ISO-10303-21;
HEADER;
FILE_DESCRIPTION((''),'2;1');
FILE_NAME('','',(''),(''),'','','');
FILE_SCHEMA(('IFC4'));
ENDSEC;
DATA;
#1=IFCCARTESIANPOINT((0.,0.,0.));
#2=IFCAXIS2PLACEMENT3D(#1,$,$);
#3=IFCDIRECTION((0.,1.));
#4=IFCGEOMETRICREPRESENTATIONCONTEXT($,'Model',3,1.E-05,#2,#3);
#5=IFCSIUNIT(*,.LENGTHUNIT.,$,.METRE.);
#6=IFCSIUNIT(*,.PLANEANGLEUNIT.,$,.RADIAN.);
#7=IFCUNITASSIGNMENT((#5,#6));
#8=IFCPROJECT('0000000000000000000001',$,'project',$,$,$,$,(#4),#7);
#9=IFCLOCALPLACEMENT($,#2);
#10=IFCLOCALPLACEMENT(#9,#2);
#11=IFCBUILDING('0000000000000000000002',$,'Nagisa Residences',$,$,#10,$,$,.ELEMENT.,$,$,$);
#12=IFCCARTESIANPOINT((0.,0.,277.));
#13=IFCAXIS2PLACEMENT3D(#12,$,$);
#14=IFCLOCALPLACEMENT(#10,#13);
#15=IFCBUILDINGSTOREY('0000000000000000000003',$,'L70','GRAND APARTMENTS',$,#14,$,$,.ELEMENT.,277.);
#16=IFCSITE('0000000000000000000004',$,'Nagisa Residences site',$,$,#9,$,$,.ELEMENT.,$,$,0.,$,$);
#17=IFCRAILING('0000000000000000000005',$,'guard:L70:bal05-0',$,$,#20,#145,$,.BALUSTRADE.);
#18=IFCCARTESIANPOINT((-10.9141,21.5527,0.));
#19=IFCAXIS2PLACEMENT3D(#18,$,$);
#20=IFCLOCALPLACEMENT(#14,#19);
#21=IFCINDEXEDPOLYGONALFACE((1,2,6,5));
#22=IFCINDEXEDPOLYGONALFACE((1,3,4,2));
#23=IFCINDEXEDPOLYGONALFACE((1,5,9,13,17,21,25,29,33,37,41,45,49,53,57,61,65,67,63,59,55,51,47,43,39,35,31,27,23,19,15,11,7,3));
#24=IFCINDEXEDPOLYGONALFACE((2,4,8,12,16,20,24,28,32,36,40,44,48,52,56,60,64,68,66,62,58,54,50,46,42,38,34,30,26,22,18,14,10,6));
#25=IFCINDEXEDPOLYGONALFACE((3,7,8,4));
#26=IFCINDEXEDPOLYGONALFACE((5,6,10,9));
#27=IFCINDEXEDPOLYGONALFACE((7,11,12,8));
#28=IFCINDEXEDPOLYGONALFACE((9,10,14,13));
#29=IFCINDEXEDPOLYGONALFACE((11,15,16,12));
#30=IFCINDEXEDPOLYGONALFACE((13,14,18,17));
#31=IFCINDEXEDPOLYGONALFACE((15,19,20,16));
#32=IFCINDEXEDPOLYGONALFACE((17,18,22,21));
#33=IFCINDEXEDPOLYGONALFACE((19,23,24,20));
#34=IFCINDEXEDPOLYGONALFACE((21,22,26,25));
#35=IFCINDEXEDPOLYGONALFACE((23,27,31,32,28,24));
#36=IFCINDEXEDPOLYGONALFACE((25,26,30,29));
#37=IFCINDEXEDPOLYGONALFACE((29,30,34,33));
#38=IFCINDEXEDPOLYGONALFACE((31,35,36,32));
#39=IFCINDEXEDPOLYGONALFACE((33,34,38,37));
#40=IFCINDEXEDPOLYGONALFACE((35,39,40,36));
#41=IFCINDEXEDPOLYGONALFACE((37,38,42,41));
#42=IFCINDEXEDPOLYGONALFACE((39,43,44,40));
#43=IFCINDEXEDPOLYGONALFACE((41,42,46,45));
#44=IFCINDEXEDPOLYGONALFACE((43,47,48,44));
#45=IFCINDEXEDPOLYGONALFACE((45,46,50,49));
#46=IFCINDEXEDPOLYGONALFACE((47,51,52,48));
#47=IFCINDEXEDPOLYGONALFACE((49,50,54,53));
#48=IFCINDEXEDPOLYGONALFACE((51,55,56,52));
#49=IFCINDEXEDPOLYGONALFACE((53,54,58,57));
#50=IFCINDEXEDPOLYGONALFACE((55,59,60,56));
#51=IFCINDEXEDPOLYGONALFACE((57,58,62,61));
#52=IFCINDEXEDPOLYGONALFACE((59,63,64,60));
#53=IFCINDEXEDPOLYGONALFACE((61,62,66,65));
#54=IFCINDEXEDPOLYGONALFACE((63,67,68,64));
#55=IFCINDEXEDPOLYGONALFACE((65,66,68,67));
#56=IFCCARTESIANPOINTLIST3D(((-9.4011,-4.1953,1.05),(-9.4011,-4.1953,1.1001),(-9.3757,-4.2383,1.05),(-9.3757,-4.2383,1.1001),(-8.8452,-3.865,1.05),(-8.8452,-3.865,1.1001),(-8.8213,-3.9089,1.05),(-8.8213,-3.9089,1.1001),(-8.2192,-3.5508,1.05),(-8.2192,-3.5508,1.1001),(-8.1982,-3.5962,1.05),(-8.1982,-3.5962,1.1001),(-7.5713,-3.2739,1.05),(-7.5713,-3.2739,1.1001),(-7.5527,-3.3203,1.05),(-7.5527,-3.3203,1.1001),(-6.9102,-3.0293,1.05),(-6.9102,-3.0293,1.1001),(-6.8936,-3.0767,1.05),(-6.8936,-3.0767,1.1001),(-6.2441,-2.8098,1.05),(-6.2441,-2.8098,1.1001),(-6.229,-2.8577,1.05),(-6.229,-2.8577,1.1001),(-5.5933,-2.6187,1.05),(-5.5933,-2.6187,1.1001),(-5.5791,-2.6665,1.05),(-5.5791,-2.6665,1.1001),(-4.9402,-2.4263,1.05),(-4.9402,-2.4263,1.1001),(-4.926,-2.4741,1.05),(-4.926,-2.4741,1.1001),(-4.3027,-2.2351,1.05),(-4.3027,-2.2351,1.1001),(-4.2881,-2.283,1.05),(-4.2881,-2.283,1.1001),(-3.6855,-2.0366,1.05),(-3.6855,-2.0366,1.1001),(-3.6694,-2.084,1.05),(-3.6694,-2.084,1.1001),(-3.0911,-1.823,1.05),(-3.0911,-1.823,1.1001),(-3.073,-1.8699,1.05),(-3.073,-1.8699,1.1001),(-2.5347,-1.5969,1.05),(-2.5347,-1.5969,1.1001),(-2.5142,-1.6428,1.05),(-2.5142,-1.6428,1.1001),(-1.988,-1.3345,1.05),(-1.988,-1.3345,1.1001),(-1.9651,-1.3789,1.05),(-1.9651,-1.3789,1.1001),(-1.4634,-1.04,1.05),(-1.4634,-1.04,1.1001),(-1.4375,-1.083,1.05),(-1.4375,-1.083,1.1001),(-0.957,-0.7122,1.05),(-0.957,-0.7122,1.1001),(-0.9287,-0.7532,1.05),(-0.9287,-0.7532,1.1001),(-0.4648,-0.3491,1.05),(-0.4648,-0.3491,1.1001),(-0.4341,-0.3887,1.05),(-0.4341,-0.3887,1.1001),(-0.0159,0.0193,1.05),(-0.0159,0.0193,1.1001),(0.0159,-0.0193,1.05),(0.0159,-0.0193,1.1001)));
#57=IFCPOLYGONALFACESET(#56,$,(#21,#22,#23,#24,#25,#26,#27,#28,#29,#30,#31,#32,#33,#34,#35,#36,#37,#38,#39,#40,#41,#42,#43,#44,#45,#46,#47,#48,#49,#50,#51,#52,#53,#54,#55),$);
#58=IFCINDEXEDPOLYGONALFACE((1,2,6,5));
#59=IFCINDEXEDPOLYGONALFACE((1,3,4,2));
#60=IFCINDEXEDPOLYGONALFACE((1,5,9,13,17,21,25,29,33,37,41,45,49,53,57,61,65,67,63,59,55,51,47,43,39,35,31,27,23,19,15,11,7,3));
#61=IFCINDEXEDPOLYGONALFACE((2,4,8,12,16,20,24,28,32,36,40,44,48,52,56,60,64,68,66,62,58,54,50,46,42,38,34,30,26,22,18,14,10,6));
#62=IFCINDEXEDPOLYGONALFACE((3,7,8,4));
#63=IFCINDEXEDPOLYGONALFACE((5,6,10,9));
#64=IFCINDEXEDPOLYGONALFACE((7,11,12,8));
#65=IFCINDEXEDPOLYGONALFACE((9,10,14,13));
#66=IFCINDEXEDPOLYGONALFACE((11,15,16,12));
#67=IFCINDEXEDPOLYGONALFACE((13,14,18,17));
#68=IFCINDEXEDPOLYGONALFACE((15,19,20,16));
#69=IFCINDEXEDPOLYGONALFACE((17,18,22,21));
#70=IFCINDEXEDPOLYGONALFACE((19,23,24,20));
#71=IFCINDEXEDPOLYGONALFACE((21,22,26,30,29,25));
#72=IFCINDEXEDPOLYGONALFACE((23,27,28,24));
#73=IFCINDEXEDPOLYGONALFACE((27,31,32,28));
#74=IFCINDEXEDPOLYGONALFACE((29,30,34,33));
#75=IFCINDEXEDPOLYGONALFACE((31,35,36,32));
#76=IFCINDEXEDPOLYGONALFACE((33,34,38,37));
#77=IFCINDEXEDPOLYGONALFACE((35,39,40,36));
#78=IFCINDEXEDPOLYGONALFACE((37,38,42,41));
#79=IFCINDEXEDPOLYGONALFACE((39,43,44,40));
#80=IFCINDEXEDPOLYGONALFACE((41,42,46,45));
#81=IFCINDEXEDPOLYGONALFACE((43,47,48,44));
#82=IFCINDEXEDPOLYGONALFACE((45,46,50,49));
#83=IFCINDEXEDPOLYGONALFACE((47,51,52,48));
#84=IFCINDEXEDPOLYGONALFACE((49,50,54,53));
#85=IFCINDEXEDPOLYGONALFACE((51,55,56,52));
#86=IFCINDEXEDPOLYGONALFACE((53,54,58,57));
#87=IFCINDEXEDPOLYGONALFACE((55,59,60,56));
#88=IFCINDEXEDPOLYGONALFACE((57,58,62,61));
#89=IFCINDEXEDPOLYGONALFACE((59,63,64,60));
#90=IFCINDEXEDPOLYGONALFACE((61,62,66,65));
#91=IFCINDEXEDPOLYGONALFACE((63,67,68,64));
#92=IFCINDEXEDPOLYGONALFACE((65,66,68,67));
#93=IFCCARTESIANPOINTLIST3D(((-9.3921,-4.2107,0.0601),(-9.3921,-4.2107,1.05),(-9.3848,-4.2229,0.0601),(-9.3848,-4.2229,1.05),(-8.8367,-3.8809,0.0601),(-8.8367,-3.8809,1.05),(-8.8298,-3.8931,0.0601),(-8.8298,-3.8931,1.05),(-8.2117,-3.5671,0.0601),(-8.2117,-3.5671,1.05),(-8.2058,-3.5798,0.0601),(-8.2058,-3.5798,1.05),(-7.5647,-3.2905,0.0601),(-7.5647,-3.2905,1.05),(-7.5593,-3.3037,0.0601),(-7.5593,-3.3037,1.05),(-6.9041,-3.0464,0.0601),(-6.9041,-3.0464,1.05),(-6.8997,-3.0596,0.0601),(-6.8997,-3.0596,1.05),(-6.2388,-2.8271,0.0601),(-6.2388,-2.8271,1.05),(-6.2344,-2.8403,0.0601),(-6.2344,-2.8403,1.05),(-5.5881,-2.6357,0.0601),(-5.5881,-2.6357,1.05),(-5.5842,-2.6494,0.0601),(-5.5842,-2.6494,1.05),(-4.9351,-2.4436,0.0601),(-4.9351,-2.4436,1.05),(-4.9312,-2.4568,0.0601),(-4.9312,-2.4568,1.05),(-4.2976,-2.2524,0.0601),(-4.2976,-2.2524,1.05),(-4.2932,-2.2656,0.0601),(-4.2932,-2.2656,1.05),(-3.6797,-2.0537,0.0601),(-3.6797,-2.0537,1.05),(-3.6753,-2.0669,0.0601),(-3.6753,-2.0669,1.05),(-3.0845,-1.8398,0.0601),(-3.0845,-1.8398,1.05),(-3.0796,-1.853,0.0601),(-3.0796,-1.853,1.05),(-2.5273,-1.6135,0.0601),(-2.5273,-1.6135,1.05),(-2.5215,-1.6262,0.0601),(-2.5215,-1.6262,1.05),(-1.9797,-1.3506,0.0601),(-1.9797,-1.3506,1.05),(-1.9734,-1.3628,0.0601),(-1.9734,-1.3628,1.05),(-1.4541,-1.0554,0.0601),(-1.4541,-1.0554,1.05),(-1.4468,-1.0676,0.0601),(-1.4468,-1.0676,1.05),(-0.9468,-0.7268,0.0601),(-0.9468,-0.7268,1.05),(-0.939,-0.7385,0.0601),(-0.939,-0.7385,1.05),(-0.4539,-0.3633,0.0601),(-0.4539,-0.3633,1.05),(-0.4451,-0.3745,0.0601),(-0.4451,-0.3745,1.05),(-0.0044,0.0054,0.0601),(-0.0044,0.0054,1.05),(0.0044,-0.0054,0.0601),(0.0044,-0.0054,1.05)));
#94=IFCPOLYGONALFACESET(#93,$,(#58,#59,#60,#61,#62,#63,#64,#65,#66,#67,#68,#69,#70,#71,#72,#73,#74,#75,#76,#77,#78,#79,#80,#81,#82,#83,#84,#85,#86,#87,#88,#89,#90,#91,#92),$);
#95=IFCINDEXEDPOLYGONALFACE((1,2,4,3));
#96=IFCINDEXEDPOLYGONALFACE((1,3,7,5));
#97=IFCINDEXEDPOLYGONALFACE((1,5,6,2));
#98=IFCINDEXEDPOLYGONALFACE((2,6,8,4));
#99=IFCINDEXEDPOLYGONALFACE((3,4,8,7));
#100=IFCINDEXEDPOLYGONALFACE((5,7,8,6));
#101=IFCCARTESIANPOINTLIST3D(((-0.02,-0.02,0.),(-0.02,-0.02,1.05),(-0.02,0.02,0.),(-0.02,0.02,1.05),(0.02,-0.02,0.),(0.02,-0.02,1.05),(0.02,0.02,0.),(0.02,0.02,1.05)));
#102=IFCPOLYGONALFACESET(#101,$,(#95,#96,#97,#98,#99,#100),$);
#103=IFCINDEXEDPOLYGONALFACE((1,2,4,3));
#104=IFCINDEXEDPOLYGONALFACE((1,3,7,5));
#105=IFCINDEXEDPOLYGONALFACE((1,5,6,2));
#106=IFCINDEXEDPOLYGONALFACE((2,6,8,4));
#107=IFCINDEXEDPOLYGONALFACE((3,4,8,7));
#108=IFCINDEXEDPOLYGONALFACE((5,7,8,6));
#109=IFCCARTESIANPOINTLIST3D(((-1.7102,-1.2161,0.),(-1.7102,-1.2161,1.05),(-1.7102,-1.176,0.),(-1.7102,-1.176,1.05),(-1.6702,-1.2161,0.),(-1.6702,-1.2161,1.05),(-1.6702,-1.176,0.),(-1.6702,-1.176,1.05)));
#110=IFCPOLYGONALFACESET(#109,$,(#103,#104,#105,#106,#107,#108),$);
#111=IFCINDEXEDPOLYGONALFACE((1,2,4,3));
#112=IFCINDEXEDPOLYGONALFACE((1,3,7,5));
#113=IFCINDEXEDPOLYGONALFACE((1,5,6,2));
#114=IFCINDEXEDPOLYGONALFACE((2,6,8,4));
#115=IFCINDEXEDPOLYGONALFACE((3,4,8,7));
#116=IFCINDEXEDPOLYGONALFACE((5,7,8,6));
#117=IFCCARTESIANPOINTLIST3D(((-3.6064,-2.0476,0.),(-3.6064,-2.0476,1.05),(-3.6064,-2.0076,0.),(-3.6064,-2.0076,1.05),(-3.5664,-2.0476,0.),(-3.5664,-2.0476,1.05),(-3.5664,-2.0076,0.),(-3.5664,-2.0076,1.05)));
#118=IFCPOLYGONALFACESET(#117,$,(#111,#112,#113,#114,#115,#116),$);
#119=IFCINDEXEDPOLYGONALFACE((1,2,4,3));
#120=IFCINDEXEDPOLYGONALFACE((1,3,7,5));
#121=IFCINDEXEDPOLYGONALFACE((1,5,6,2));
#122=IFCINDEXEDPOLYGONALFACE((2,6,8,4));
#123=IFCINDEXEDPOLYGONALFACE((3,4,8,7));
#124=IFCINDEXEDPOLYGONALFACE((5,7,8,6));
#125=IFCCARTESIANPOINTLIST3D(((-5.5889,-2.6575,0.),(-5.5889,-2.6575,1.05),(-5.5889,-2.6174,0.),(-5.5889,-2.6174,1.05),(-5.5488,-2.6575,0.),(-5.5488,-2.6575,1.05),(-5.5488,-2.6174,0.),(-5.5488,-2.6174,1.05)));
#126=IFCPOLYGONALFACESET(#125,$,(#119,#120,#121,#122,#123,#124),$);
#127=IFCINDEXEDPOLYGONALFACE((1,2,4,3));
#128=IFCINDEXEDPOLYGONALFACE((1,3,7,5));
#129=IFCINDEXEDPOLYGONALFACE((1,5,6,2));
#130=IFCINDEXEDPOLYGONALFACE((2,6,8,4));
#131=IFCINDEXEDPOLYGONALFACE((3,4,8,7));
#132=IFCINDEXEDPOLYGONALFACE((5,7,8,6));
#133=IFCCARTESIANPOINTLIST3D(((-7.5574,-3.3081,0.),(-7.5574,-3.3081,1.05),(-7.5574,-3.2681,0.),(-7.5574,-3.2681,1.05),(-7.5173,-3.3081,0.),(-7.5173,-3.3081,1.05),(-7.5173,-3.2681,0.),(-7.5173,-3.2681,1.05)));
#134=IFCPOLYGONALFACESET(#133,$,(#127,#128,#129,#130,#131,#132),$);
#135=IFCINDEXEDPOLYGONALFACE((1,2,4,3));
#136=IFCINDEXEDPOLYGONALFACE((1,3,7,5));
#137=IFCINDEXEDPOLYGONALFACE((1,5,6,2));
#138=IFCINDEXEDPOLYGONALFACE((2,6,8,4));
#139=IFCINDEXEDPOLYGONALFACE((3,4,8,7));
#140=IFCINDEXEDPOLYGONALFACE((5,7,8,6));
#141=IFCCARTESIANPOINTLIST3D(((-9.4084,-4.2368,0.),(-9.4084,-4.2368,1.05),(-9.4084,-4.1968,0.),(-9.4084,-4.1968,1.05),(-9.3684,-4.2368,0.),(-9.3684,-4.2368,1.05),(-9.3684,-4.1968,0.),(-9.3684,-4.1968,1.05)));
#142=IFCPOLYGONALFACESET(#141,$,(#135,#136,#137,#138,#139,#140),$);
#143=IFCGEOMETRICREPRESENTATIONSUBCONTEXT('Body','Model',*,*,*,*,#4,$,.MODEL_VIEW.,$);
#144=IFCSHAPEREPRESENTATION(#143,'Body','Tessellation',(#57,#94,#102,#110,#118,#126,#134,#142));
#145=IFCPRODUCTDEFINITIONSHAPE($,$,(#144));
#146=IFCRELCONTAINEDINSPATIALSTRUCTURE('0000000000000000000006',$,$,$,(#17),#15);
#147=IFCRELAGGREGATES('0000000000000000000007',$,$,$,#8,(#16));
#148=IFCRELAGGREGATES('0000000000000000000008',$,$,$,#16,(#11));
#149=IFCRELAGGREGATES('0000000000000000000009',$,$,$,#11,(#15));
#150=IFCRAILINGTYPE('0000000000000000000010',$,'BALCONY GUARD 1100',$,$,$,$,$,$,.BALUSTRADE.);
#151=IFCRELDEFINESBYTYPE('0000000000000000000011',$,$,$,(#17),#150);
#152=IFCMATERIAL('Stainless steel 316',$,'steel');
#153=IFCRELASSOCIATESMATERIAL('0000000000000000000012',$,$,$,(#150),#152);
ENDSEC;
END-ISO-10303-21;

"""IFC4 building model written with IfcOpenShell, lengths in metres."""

from ifc_helpers import new_model, si_unit, direction, frame, origin, origin_2d, place, context, subcontext, project, spatial, polyline, rectangle, outline, extrude, material, type_object, element, save


model = new_model("IFC4")

# Units and contexts
model_context = context("Model", 3, precision=1e-05, world=origin(), true_north=direction((0.0, 1.0)))
body_context = subcontext(model_context, "Body", "Model", "MODEL_VIEW")
ifc_project = project(units=[si_unit("LENGTHUNIT", "METRE"), si_unit("PLANEANGLEUNIT", "RADIAN")], contexts=[model_context])

# Site, building, storey
site_placement = place(None, origin())
site = spatial("IfcSite", under=ifc_project, at=site_placement, Name="Nagisa Residences site", CompositionType="ELEMENT", RefElevation=0.0)
building_placement = place(site_placement, origin())
building = spatial("IfcBuilding", under=site, at=building_placement, Name="Nagisa Residences", CompositionType="ELEMENT")
storey_placement = place(building_placement, frame((0.0, 0.0, 277.0)))
storey = spatial("IfcBuildingStorey", under=building, at=storey_placement, Name="L70", Description="GRAND APARTMENTS", CompositionType="ELEMENT", Elevation=277.0)

# Railing
ifc_material_1 = material(Name="Stainless steel 316", Category="steel")
railing_type = type_object("IfcRailingType", Name="BALCONY GUARD 1100", PredefinedType="BALUSTRADE", material=ifc_material_1)
railing_1_placement = place(storey_placement, frame((-10.9141, 21.5527, 0.0)))
element("IfcRailing", 1, at=railing_1_placement, inside=storey, type_object=railing_type, Name="guard:L70:bal05-0", PredefinedType="BALUSTRADE", context=body_context, shape_type="SweptSolid", body=[
    extrude(outline(polyline([(-0.4341, -0.3887), (0.0159, -0.0193), (-0.0159, 0.0193), (-0.4648, -0.3491), (-0.957, -0.7122), (-1.4634, -1.04), (-1.988, -1.3345), (-2.5347, -1.5969), (-3.0911, -1.823), (-3.6855, -2.0366), (-4.3027, -2.2351), (-4.9402, -2.4263), (-5.5933, -2.6187), (-6.2441, -2.8098), (-6.9102, -3.0293), (-7.5713, -3.2739), (-8.2192, -3.5508), (-8.8452, -3.865), (-9.4011, -4.1953), (-9.3757, -4.2383), (-8.8213, -3.9089), (-8.1982, -3.5962), (-7.5527, -3.3203), (-6.8936, -3.0767), (-6.229, -2.8577), (-5.5791, -2.6665), (-4.926, -2.4741), (-4.2881, -2.283), (-3.6694, -2.084), (-3.073, -1.8699), (-2.5142, -1.6428), (-1.9651, -1.3789), (-1.4375, -1.083), (-0.9287, -0.7532), (-0.4341, -0.3887)])), frame((0.0, 0.0, 1.05)), (0.0, 0.0, 1.0), 0.05),
    extrude(outline(polyline([(-0.4451, -0.3745), (0.0044, -0.0054), (-0.0044, 0.0054), (-0.4539, -0.3633), (-0.9468, -0.7268), (-1.4541, -1.0554), (-1.9797, -1.3506), (-2.5273, -1.6135), (-3.0845, -1.8398), (-3.6797, -2.0537), (-4.2976, -2.2524), (-4.9351, -2.4436), (-5.5881, -2.6357), (-6.2388, -2.8271), (-6.9041, -3.0464), (-7.5647, -3.2905), (-8.2117, -3.5671), (-8.8367, -3.8809), (-9.3921, -4.2107), (-9.3848, -4.2229), (-8.8298, -3.8931), (-8.2058, -3.5798), (-7.5593, -3.3037), (-6.8997, -3.0596), (-6.2344, -2.8403), (-5.5842, -2.6494), (-4.9312, -2.4568), (-4.2932, -2.2656), (-3.6753, -2.0669), (-3.0796, -1.853), (-2.5215, -1.6262), (-1.9734, -1.3628), (-1.4468, -1.0676), (-0.939, -0.7385), (-0.4451, -0.3745)])), frame((0.0, 0.0, 0.0601)), (0.0, 0.0, 1.0), 0.99),
    extrude(rectangle(XDim=0.04, YDim=0.04, at=origin_2d()), origin(), (0.0, 0.0, 1.0), 1.05),
    extrude(rectangle(XDim=0.04, YDim=0.04, at=origin_2d()), frame((-1.6902, -1.196, 0.0)), (0.0, 0.0, 1.0), 1.05),
    extrude(rectangle(XDim=0.04, YDim=0.04, at=origin_2d()), frame((-3.5864, -2.0276, 0.0)), (0.0, 0.0, 1.0), 1.05),
    extrude(rectangle(XDim=0.04, YDim=0.04, at=origin_2d()), frame((-5.5688, -2.6375, 0.0)), (0.0, 0.0, 1.0), 1.05),
    extrude(rectangle(XDim=0.04, YDim=0.04, at=origin_2d()), frame((-7.5374, -3.2881, 0.0)), (0.0, 0.0, 1.0), 1.05),
    extrude(rectangle(XDim=0.04, YDim=0.04, at=origin_2d()), frame((-9.3884, -4.2168, 0.0)), (0.0, 0.0, 1.0), 1.05),
])

save(model, "model.ifc")
